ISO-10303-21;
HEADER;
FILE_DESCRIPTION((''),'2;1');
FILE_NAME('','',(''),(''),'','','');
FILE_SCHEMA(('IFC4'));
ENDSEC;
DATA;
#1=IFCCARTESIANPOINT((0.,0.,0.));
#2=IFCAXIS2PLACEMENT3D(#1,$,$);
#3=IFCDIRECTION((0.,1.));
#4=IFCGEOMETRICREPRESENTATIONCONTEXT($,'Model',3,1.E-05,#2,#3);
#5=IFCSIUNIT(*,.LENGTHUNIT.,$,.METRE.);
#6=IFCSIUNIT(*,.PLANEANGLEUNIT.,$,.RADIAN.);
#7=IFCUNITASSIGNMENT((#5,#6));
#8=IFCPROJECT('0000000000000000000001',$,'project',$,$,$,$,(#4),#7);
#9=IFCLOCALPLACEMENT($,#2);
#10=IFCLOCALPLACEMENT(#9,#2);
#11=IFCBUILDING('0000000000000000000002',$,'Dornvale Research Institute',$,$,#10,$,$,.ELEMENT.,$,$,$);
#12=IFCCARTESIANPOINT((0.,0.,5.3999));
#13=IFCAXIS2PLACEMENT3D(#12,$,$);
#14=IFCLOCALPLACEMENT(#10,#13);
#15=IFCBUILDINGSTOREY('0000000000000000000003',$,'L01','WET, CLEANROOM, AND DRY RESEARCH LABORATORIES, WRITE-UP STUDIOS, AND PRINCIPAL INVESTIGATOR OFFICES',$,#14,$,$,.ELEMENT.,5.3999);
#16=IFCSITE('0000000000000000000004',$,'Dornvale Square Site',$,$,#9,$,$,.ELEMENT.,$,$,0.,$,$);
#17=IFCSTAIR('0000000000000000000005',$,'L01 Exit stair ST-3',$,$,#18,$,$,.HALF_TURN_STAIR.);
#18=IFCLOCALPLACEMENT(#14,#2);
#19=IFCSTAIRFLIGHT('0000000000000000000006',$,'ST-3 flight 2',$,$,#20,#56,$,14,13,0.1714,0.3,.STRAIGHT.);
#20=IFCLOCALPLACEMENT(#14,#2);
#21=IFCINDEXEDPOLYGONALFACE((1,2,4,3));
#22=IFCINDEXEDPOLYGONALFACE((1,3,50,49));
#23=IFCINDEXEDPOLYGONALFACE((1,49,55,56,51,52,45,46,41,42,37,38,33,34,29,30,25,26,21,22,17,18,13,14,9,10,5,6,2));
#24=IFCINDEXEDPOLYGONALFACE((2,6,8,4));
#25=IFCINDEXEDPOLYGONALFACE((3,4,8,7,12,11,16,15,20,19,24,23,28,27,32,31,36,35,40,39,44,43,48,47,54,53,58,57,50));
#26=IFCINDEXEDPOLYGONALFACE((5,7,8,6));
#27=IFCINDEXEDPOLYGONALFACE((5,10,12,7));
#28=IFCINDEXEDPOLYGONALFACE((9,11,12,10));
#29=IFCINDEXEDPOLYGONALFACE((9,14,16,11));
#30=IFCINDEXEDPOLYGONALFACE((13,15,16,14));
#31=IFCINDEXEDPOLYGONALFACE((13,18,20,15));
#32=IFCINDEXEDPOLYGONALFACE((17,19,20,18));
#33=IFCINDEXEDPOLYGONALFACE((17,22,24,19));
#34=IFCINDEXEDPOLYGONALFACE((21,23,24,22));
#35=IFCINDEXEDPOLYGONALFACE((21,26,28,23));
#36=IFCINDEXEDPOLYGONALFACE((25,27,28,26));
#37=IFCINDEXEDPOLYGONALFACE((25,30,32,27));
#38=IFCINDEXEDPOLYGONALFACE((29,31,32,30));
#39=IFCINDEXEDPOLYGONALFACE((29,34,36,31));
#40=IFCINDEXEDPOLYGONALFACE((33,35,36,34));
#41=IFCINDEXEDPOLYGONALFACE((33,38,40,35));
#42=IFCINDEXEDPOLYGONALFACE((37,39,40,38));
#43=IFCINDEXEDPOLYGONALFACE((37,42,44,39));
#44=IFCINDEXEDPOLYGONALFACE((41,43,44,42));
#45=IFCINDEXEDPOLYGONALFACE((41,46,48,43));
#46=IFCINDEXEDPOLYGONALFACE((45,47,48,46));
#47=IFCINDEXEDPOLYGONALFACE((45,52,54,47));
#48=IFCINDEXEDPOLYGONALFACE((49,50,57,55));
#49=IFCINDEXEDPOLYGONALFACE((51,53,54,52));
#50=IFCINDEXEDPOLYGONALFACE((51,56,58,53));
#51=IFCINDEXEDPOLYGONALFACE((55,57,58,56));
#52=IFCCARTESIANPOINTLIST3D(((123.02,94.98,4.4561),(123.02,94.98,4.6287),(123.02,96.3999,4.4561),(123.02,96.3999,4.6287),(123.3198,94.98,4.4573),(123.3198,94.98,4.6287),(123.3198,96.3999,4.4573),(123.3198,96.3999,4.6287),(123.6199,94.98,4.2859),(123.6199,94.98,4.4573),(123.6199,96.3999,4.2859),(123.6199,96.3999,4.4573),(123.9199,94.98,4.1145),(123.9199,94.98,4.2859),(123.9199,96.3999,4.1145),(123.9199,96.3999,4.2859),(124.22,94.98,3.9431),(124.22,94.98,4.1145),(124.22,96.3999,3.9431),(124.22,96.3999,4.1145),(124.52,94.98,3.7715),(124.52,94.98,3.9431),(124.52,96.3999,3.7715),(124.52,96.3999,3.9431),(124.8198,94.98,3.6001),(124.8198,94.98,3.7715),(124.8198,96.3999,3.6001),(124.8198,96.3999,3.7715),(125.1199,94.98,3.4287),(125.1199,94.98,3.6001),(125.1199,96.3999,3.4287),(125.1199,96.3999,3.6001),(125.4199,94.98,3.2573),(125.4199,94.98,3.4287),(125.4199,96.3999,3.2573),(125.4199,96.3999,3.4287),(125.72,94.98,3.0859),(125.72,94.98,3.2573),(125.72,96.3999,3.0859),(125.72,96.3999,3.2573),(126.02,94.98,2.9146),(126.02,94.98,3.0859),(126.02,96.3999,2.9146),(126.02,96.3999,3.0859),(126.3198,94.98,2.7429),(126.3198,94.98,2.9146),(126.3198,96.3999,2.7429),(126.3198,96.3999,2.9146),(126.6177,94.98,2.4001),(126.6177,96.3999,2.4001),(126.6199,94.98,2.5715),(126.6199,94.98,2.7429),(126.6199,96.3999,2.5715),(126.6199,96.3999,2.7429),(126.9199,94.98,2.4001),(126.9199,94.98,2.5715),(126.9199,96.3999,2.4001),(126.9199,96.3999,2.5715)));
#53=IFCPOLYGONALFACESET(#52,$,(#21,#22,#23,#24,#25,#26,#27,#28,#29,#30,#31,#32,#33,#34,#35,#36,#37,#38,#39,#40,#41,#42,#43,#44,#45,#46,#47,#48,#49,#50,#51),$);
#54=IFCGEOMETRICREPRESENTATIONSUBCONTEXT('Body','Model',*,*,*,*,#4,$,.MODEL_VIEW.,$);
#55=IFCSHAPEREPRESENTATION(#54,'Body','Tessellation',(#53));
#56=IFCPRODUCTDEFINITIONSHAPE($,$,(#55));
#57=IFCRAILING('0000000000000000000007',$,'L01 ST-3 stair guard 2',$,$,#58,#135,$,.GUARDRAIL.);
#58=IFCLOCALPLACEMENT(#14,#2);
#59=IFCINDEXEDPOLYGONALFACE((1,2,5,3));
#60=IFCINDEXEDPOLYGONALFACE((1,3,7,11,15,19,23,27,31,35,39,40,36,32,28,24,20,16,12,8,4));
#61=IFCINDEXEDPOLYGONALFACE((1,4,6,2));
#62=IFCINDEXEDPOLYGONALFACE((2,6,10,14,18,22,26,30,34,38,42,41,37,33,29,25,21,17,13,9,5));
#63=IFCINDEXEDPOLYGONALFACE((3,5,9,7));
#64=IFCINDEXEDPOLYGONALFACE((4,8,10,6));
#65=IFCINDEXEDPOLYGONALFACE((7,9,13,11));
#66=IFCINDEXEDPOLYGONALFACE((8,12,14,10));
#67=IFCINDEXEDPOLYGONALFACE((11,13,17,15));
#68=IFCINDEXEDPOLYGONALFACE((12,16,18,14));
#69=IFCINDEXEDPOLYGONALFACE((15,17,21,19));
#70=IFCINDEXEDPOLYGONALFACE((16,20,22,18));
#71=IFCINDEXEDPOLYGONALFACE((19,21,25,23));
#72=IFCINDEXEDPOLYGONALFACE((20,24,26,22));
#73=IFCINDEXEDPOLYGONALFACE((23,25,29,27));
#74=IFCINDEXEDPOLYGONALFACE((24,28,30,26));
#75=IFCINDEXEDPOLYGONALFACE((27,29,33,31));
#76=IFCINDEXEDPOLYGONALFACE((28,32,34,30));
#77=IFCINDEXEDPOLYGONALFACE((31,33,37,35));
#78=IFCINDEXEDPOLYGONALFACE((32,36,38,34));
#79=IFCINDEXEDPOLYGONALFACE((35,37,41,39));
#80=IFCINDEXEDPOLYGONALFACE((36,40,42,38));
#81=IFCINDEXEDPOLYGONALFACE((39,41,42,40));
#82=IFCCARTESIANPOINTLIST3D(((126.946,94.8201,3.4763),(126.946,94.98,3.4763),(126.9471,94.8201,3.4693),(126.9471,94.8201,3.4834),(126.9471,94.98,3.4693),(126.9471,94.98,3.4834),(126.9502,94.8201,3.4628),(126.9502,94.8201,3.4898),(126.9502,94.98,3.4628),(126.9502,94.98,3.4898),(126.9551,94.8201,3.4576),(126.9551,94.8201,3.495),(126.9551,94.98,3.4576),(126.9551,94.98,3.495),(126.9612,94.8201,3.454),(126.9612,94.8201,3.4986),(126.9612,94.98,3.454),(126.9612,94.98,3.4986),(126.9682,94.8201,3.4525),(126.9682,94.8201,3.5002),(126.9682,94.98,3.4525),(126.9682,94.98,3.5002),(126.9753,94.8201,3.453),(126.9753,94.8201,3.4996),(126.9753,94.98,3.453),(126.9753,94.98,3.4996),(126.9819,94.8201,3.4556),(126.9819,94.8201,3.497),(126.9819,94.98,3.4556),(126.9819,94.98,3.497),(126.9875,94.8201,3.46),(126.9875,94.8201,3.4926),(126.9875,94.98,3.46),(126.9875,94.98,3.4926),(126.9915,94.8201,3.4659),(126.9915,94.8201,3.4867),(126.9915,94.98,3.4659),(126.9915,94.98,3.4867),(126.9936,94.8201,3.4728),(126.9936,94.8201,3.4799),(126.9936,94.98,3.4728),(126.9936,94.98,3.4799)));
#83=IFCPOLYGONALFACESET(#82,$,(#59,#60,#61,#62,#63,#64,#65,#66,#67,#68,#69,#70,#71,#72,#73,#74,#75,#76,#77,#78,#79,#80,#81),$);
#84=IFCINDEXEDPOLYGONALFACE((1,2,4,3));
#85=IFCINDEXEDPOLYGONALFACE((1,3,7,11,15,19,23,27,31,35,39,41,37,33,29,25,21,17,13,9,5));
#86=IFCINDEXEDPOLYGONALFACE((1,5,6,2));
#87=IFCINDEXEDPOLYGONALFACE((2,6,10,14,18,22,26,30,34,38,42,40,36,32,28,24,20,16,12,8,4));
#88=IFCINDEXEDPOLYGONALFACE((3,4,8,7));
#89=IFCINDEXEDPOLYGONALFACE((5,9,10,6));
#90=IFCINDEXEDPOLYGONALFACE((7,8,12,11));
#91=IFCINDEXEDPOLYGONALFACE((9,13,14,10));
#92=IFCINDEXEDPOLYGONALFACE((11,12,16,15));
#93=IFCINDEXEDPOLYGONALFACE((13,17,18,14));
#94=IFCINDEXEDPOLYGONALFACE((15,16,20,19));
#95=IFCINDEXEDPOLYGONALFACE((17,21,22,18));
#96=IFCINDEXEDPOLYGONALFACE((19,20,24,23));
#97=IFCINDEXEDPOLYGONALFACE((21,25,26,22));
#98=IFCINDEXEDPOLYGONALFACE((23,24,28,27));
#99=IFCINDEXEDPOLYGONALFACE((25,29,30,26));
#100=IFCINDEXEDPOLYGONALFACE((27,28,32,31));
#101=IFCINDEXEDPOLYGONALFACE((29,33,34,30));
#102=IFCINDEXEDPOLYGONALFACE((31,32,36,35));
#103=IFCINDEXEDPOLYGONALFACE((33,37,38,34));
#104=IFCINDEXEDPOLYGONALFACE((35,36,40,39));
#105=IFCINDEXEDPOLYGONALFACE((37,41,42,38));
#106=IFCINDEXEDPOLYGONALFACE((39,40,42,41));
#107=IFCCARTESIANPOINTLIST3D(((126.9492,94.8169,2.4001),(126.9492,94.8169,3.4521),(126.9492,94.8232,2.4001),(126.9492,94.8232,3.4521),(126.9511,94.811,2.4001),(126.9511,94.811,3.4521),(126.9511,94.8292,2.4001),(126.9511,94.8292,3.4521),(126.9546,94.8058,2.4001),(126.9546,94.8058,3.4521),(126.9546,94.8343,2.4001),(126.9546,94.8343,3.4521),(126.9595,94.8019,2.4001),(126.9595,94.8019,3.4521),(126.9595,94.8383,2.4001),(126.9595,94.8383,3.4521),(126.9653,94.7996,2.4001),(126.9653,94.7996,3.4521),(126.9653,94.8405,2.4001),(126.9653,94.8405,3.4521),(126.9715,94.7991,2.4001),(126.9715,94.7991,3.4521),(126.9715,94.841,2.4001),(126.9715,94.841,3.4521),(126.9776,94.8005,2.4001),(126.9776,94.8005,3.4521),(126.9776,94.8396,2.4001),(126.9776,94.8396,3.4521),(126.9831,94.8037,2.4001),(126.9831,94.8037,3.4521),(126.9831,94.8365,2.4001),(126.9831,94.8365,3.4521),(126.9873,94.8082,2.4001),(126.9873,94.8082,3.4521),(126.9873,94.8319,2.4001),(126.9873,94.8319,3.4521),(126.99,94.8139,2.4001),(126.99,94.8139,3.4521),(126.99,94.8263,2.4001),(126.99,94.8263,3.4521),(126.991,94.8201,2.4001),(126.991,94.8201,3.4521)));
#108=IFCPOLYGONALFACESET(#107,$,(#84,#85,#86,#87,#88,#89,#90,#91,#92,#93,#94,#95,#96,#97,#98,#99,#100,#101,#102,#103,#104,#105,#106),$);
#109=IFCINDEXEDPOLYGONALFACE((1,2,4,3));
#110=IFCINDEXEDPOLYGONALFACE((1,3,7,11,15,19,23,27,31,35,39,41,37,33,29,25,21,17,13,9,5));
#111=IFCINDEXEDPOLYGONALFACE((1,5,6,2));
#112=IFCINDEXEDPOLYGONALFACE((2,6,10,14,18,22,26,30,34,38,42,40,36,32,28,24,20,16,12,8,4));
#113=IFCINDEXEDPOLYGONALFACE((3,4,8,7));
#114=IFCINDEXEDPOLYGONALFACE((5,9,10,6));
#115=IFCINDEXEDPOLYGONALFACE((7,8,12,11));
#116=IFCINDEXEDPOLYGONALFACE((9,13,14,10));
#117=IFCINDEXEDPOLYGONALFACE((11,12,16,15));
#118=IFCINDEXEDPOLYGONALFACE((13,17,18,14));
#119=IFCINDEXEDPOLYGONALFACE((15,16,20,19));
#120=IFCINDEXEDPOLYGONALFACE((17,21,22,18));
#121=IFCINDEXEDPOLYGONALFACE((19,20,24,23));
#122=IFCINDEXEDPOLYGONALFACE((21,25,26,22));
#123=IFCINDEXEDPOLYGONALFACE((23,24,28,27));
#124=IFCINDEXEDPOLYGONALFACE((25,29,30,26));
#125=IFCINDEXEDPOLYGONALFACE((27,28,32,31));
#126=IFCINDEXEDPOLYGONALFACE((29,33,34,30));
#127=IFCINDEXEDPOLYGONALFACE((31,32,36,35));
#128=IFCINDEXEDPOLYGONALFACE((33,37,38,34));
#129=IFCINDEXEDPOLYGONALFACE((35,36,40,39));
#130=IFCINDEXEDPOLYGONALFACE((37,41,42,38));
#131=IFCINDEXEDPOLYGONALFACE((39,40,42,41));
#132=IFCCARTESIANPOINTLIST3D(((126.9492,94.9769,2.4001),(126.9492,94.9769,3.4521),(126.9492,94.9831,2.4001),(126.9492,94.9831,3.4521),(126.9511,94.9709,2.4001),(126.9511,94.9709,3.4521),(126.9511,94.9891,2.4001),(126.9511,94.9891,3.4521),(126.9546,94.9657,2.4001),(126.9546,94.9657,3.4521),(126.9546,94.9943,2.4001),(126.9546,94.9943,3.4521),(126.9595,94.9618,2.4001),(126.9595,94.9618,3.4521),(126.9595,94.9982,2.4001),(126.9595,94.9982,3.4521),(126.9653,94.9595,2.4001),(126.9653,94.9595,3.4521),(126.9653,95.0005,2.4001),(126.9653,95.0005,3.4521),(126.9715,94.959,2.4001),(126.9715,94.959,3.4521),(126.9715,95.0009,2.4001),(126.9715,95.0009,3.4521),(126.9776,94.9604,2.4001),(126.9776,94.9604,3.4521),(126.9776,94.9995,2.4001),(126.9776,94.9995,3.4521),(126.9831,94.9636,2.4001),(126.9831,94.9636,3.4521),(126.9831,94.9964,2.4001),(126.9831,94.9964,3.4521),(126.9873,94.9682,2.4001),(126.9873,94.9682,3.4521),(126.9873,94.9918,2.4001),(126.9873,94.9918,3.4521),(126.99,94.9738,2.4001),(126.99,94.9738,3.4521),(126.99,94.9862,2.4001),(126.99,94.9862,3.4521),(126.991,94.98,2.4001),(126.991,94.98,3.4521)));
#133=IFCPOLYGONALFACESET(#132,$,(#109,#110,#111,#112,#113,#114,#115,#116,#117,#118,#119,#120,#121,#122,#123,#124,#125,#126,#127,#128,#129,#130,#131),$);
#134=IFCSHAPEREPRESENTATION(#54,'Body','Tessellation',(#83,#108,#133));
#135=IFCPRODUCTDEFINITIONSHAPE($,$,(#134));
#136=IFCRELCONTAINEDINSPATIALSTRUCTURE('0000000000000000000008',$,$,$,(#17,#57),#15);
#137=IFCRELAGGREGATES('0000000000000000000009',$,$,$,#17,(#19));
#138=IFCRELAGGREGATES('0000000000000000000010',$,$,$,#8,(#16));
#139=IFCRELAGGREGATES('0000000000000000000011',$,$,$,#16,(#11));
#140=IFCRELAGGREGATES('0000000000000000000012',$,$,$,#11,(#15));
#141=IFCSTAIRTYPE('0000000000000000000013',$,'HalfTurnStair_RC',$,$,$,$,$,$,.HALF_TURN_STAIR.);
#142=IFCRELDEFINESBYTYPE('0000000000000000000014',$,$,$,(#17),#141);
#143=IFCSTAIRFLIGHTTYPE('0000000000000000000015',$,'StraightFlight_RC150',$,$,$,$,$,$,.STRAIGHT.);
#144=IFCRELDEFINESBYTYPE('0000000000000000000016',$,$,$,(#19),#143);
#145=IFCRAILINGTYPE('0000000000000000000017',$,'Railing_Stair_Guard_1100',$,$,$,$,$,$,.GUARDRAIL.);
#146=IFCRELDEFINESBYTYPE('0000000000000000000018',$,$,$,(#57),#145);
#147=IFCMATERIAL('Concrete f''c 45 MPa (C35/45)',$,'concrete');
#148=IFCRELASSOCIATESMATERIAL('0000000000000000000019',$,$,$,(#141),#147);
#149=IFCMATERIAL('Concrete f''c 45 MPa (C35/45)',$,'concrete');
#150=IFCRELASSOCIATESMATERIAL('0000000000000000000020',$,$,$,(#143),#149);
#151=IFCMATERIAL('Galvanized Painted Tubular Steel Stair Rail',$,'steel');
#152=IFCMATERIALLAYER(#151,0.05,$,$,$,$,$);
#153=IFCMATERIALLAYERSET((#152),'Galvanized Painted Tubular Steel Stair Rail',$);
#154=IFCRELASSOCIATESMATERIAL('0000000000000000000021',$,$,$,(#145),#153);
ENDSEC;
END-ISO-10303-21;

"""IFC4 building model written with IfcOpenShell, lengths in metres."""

from ifc_helpers import new_model, si_unit, direction, frame, origin, origin_2d, place, context, subcontext, project, spatial, polyline, circle, outline, extrude, material, layer, layer_set, type_object, element, aggregate, save


model = new_model("IFC4")

# Units and contexts
model_context = context("Model", 3, precision=1e-05, world=origin(), true_north=direction((0.0, 1.0)))
body_context = subcontext(model_context, "Body", "Model", "MODEL_VIEW")
ifc_project = project(units=[si_unit("LENGTHUNIT", "METRE"), si_unit("PLANEANGLEUNIT", "RADIAN")], contexts=[model_context])

# Site, building, storey
site_placement = place(None, origin())
site = spatial("IfcSite", under=ifc_project, at=site_placement, Name="Dornvale Square Site", CompositionType="ELEMENT", RefElevation=0.0)
building_placement = place(site_placement, origin())
building = spatial("IfcBuilding", under=site, at=building_placement, Name="Dornvale Research Institute", CompositionType="ELEMENT")
storey_placement = place(building_placement, frame((0.0, 0.0, 5.3999)))
storey = spatial("IfcBuildingStorey", under=building, at=storey_placement, Name="L01", Description="WET, CLEANROOM, AND DRY RESEARCH LABORATORIES, WRITE-UP STUDIOS, AND PRINCIPAL INVESTIGATOR OFFICES", CompositionType="ELEMENT", Elevation=5.3999)

# Stair, stair flight
ifc_material_1 = material(Name="Concrete f'c 45 MPa (C35/45)", Category="concrete")
stair_type = type_object("IfcStairType", Name="HalfTurnStair_RC", PredefinedType="HALF_TURN_STAIR", material=ifc_material_1)
stair_placement = place(storey_placement, origin())
stair = element("IfcStair", 1, at=stair_placement, inside=storey, type_object=stair_type, Name="L01 Exit stair ST-3", PredefinedType="HALF_TURN_STAIR")
ifc_material_2 = material(Name="Concrete f'c 45 MPa (C35/45)", Category="concrete")
stair_flight_type = type_object("IfcStairFlightType", Name="StraightFlight_RC150", PredefinedType="STRAIGHT", material=ifc_material_2)
stair_flight_placement = place(storey_placement, frame((126.9199, 95.6899, 2.4001), z_axis=(0.0, 0.0, 1.0), x_axis=(-1.0, 0.0, 0.0)))
stair_flight = element("IfcStairFlight", 2, at=stair_flight_placement, type_object=stair_flight_type, Name="ST-3 flight 2", NumberOfRisers=14, NumberOfTreads=13, PredefinedType="STRAIGHT", RiserHeight=0.1714, TreadLength=0.3, context=body_context, shape_type="SweptSolid", body=[
    extrude(outline(polyline([(0.0, 0.0), (0.0, 0.1714), (0.3, 0.1714), (0.3, 0.3428), (0.6001, 0.3428), (0.6001, 0.5144), (0.8999, 0.5144), (0.8999, 0.6858), (1.2, 0.6858), (1.2, 0.8572), (1.5, 0.8572), (1.5, 1.0286), (1.8, 1.0286), (1.8, 1.2), (2.1001, 1.2), (2.1001, 1.3713), (2.3999, 1.3713), (2.3999, 1.543), (2.7, 1.543), (2.7, 1.7144), (3.0, 1.7144), (3.0, 1.8857), (3.3, 1.8857), (3.3, 2.0571), (3.6001, 2.0571), (3.6001, 2.2285), (3.8999, 2.2285), (3.8999, 2.3999), (3.8999, 2.0559), (0.3022, 0.0), (0.0, 0.0)])), frame((0.0, 0.71, 0.0), z_axis=(0.0, -1.0, 0.0), x_axis=(1.0, 0.0, 0.0)), (0.0, 0.0, 1.0), 1.4199),
])
aggregate(stair, [stair_flight])

# Railing
ifc_material_3 = material(Name="Galvanized Painted Tubular Steel Stair Rail", Category="steel")
ifc_layer_1 = layer(ifc_material_3, 0.05)
ifc_layer_set_1 = layer_set([ifc_layer_1], Name="Galvanized Painted Tubular Steel Stair Rail")
railing_type_1 = type_object("IfcRailingType", Name="Railing_Stair_Guard_1100", PredefinedType="GUARDRAIL", material=ifc_layer_set_1)
railing_1_placement = place(storey_placement, frame((126.97, 94.8201, 2.4001)))
element("IfcRailing", 3, at=railing_1_placement, inside=storey, type_object=railing_type_1, Name="L01 ST-3 stair guard 2", PredefinedType="GUARDRAIL", context=body_context, shape_type="SweptSolid", body=[
    extrude(circle(Radius=0.0239, at=origin_2d()), frame((0.0, 0.0, 1.0762), z_axis=(0.0, 1.0, 0.0), x_axis=(-1.0, 0.0, 0.0)), (0.0, 0.0, 1.0), 0.1599),
    extrude(circle(Radius=0.021, at=origin_2d()), origin(), (0.0, 0.0, 1.0), 1.052),
    extrude(circle(Radius=0.021, at=origin_2d()), frame((0.0, 0.1599, 0.0)), (0.0, 0.0, 1.0), 1.052),
])

save(model, "model.ifc")
